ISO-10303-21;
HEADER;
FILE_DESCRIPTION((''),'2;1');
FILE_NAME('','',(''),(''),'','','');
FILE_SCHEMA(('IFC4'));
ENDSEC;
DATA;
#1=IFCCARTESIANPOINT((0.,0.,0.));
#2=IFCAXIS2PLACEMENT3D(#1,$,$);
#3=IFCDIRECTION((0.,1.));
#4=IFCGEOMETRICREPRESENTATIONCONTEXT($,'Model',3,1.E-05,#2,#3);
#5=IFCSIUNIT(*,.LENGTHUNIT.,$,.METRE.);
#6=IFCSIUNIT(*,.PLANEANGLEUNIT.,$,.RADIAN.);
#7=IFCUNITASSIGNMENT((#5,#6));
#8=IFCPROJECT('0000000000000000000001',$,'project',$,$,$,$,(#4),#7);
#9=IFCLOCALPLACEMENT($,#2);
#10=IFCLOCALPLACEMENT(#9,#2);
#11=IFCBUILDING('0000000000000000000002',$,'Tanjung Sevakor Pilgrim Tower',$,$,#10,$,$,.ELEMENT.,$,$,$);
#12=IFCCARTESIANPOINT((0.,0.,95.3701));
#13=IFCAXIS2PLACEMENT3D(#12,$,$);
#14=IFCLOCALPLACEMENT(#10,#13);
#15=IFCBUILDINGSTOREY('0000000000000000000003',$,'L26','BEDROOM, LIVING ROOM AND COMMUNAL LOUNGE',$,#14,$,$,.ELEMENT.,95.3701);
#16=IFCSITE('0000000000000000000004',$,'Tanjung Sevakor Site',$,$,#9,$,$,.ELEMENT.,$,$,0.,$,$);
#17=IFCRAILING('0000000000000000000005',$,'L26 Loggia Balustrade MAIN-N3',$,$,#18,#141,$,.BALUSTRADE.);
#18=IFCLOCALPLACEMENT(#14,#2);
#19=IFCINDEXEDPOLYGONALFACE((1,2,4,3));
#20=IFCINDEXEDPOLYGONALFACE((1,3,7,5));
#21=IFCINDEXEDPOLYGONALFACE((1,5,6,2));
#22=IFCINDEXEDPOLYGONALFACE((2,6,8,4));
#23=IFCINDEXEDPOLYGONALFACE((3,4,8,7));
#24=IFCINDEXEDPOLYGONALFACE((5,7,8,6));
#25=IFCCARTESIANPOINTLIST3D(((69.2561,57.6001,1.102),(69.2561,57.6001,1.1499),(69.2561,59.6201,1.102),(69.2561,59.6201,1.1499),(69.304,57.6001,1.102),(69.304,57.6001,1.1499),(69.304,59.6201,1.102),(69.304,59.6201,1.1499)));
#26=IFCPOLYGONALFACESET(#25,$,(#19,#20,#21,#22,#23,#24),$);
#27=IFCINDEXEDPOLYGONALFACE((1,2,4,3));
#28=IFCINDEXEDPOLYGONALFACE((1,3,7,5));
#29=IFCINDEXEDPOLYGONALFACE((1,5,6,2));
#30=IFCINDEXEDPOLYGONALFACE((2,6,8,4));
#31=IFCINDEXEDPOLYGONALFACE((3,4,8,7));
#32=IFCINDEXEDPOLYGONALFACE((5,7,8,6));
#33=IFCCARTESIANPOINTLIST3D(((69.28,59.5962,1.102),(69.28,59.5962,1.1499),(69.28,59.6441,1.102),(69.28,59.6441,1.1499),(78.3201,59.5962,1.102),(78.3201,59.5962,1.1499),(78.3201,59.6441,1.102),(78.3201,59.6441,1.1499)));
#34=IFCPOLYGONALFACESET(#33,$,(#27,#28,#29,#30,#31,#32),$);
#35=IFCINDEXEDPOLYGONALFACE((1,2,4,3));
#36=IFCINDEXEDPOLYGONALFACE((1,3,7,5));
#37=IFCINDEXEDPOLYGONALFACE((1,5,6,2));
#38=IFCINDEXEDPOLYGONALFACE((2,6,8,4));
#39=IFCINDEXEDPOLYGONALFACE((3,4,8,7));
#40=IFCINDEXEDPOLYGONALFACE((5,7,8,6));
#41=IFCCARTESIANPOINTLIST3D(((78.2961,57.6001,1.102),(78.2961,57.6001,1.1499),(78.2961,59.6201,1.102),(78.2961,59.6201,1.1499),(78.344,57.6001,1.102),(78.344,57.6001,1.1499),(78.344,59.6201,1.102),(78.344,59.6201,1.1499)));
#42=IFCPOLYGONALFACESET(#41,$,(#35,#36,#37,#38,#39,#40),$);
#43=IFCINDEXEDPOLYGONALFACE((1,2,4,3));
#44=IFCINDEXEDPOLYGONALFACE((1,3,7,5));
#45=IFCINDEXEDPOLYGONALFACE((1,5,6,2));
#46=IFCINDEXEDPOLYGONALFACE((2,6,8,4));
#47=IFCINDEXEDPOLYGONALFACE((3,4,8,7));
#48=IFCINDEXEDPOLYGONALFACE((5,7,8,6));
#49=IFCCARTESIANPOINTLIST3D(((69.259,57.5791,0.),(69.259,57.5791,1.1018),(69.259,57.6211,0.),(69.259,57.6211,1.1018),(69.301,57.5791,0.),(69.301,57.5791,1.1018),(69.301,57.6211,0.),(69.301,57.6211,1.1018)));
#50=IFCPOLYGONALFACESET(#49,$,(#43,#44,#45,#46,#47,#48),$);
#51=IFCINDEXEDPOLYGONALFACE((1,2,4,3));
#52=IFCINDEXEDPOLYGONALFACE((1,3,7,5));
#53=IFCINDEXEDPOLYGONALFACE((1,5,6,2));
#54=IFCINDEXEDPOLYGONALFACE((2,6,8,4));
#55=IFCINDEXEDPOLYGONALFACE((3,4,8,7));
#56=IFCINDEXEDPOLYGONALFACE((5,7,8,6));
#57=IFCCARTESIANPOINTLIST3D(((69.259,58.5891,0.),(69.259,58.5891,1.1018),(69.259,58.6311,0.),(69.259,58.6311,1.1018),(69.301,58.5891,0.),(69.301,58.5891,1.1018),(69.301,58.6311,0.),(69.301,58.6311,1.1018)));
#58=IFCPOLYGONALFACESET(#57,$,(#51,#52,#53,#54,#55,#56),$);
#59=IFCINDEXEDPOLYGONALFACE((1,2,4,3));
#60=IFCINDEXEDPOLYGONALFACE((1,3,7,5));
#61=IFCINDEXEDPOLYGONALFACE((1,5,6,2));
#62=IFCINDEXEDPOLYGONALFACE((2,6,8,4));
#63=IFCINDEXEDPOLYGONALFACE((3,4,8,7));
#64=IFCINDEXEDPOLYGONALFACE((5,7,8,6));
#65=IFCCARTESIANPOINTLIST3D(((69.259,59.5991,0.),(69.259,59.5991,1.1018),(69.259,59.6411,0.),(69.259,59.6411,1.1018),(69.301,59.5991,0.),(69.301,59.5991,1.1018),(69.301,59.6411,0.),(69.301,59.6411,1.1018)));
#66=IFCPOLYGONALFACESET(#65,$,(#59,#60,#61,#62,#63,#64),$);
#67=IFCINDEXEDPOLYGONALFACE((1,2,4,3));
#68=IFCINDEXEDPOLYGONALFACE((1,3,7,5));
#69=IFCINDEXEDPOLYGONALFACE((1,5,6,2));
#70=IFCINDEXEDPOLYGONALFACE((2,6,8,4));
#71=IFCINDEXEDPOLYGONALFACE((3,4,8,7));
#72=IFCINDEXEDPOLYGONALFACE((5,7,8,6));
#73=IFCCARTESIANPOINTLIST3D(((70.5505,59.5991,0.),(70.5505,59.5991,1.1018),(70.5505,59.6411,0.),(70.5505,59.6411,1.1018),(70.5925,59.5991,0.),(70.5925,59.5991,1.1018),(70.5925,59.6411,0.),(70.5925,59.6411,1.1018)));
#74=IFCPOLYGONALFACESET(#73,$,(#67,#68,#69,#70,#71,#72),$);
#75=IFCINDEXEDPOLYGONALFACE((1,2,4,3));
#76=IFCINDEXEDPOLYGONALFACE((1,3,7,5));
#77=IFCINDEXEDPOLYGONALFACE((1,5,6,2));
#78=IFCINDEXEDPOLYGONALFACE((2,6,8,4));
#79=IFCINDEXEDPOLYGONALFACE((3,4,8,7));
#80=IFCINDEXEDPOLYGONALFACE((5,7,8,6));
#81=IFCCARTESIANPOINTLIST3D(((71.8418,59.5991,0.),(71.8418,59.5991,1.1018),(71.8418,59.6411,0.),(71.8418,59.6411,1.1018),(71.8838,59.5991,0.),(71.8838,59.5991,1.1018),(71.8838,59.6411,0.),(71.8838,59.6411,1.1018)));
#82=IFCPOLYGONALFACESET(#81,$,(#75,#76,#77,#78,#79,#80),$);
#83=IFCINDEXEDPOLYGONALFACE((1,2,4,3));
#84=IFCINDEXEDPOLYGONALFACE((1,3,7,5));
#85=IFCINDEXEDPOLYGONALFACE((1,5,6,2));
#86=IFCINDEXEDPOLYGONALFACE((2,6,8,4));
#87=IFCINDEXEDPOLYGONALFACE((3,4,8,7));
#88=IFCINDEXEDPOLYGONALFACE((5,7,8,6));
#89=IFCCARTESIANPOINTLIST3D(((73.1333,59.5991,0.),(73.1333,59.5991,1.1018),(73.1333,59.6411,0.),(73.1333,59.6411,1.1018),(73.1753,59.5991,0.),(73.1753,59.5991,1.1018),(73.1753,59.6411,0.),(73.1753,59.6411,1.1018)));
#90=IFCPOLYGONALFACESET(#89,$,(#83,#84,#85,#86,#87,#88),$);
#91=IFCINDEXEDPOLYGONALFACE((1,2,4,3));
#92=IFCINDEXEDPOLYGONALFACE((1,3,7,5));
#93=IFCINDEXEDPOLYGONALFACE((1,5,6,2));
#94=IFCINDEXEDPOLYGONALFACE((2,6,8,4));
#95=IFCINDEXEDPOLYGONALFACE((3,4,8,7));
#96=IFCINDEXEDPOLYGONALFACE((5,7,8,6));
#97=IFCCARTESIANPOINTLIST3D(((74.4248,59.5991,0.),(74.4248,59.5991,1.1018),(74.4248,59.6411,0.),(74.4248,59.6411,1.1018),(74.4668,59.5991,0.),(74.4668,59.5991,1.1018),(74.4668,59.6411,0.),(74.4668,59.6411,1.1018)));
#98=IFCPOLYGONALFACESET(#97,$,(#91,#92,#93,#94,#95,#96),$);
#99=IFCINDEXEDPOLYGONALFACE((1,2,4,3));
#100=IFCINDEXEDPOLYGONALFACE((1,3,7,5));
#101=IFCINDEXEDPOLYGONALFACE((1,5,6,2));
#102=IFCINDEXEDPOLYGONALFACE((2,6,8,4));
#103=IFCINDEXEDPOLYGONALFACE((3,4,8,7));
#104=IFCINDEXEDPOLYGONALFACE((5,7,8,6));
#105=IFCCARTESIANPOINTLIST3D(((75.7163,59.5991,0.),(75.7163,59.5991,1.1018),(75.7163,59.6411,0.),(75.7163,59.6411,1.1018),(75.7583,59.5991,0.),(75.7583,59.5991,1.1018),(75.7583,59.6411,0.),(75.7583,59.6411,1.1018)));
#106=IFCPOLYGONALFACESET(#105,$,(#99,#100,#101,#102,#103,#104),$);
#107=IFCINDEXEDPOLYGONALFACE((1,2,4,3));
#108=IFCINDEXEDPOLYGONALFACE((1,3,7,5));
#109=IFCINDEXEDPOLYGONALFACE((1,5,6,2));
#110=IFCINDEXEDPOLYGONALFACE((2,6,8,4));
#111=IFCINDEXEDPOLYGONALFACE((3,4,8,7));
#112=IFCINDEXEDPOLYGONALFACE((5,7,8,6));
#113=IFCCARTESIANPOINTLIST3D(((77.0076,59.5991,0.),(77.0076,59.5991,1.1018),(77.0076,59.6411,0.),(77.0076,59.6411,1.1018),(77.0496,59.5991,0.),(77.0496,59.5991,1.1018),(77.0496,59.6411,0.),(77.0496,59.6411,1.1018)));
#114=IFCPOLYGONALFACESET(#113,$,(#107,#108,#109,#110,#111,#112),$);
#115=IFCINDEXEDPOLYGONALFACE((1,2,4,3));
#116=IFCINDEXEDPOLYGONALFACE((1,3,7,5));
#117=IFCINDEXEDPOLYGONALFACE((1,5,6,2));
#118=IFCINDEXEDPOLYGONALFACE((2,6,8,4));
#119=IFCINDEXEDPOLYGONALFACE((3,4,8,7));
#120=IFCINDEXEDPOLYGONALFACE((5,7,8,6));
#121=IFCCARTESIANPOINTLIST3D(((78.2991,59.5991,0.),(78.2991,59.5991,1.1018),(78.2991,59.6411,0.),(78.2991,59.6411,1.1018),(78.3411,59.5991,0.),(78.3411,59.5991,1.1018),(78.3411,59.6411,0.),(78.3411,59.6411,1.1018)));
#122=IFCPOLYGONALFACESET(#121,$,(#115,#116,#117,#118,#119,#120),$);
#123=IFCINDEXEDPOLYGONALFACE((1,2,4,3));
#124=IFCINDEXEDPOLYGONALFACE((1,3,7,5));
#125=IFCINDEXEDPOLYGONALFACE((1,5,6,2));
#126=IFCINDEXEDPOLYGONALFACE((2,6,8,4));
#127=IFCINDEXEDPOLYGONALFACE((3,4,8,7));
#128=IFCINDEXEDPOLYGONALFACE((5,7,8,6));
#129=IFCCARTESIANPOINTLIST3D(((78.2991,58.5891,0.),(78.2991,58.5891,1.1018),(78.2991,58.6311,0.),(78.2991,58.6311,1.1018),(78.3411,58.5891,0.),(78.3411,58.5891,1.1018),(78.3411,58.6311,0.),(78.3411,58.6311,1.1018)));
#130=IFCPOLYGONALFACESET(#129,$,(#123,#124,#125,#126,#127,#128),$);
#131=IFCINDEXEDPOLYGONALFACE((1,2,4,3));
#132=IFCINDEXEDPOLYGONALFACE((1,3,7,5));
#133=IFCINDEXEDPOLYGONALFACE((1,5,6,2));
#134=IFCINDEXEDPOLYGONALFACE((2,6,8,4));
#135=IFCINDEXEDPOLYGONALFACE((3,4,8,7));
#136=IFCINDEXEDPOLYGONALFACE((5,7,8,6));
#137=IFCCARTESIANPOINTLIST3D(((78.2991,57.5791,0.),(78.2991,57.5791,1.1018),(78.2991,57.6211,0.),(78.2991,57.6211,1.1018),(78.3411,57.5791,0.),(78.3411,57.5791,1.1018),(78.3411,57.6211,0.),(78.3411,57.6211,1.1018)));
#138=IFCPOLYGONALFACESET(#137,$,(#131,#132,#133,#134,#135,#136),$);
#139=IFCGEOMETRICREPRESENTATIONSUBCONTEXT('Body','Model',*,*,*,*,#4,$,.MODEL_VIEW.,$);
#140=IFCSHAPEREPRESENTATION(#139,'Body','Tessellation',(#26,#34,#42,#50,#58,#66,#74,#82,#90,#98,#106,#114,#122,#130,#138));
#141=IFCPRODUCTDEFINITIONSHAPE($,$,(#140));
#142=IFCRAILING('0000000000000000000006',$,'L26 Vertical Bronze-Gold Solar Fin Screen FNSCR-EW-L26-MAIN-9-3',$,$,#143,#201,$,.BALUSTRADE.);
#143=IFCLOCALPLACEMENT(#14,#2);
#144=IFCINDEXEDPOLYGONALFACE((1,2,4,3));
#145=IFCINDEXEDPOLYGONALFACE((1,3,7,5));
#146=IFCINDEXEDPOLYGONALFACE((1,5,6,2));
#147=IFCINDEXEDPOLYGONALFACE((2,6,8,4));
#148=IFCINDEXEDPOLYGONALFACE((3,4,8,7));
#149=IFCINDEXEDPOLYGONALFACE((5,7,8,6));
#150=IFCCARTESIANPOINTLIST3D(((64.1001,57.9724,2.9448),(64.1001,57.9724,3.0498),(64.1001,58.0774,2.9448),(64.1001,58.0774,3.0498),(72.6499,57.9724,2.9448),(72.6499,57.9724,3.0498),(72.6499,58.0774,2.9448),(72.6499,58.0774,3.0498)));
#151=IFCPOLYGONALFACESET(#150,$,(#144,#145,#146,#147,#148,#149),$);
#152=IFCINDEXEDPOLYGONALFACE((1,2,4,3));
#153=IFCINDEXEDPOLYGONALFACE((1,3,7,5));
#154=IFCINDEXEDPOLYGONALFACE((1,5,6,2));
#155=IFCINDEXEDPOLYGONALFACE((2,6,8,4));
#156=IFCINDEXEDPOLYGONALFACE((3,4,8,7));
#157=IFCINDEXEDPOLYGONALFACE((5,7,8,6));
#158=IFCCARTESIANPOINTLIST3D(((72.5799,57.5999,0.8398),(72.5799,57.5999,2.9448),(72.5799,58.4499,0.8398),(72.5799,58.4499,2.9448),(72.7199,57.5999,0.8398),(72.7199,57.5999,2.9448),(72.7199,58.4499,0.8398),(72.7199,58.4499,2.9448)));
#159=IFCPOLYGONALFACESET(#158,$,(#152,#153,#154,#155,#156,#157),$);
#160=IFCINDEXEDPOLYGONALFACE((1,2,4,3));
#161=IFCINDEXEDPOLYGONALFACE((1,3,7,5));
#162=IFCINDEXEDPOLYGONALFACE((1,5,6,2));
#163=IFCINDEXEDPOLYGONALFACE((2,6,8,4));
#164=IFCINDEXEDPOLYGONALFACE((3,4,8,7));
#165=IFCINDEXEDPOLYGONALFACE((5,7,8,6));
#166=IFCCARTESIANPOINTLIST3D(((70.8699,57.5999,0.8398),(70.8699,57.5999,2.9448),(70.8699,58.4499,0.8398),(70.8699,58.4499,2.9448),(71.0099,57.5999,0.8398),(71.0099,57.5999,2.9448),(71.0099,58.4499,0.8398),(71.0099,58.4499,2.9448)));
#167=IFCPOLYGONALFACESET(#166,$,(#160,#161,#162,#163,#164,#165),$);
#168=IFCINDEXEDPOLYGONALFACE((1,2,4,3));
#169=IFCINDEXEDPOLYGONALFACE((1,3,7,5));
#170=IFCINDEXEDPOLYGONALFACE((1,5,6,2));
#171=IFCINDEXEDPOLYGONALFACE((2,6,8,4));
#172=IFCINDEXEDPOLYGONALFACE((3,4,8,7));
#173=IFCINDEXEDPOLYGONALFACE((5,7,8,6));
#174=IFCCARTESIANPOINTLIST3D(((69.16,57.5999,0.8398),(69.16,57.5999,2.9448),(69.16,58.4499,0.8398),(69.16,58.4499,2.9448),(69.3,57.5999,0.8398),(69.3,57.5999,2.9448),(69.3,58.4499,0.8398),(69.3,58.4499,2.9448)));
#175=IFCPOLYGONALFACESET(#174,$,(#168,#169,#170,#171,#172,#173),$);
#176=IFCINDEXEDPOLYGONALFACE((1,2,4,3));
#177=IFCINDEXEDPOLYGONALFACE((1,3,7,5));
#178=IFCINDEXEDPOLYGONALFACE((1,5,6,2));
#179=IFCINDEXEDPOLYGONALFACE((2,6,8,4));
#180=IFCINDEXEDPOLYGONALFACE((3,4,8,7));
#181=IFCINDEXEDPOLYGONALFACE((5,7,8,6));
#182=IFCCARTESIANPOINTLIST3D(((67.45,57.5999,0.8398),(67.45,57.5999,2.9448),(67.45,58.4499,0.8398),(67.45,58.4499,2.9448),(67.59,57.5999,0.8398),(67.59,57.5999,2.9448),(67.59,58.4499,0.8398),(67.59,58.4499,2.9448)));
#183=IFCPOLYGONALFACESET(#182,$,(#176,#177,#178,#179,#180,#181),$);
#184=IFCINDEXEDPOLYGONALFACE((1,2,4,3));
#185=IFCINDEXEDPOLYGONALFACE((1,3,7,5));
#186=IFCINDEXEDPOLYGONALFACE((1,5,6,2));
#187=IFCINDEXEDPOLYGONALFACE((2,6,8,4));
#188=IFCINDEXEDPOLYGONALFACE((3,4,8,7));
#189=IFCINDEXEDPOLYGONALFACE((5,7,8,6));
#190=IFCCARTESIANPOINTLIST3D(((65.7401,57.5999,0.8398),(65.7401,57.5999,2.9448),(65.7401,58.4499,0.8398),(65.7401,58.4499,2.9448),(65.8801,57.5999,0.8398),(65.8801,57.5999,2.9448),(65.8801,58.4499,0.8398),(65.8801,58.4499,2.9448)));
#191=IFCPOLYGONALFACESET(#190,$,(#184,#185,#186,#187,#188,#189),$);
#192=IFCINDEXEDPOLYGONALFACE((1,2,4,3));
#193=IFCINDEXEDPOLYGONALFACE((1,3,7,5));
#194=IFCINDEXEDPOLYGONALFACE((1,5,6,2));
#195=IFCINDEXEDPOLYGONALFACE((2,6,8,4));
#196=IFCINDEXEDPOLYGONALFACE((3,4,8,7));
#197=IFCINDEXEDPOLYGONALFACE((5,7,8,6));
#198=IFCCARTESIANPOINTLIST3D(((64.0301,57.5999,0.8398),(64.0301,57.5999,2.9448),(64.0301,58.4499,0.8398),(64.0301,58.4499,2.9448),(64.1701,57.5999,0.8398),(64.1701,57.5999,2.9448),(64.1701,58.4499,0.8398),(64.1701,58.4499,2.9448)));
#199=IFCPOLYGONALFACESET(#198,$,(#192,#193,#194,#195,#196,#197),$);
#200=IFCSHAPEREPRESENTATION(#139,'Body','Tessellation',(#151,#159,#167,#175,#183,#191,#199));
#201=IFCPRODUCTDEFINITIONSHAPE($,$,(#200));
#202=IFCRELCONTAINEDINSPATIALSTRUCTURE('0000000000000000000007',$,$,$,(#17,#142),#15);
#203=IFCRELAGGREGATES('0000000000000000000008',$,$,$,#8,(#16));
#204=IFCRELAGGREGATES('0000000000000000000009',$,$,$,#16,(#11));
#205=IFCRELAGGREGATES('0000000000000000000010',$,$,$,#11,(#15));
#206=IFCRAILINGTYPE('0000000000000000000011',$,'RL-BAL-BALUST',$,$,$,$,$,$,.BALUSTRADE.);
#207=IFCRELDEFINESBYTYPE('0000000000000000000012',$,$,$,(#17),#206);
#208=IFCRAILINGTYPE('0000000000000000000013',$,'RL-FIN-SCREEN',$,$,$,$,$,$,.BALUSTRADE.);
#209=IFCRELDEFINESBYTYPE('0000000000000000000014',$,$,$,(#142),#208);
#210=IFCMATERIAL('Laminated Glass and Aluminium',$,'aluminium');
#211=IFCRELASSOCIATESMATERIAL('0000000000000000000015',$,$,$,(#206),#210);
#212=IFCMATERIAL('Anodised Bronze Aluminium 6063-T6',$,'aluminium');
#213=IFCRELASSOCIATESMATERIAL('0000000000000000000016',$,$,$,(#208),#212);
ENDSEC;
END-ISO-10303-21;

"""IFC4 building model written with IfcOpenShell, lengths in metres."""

from ifc_helpers import new_model, si_unit, direction, frame, origin, place, context, subcontext, project, spatial, rectangle, extrude, material, type_object, element, save


model = new_model("IFC4")

# Units and contexts
model_context = context("Model", 3, precision=1e-05, world=origin(), true_north=direction((0.0, 1.0)))
body_context = subcontext(model_context, "Body", "Model", "MODEL_VIEW")
ifc_project = project(units=[si_unit("LENGTHUNIT", "METRE"), si_unit("PLANEANGLEUNIT", "RADIAN")], contexts=[model_context])

# Site, building, storey
site_placement = place(None, origin())
site = spatial("IfcSite", under=ifc_project, at=site_placement, Name="Tanjung Sevakor Site", CompositionType="ELEMENT", RefElevation=0.0)
building_placement = place(site_placement, origin())
building = spatial("IfcBuilding", under=site, at=building_placement, Name="Tanjung Sevakor Pilgrim Tower", CompositionType="ELEMENT")
storey_placement = place(building_placement, frame((0.0, 0.0, 95.3701)))
storey = spatial("IfcBuildingStorey", under=building, at=storey_placement, Name="L26", Description="BEDROOM, LIVING ROOM AND COMMUNAL LOUNGE", CompositionType="ELEMENT", Elevation=95.3701)

# Railings
ifc_material_1 = material(Name="Laminated Glass and Aluminium", Category="aluminium")
railing_type_1 = type_object("IfcRailingType", Name="RL-BAL-BALUST", PredefinedType="BALUSTRADE", material=ifc_material_1)
railing_1_placement = place(storey_placement, frame((69.28, 57.6001, 0.0)))
element("IfcRailing", 1, at=railing_1_placement, inside=storey, type_object=railing_type_1, Name="L26 Loggia Balustrade MAIN-N3", PredefinedType="BALUSTRADE", context=body_context, shape_type="SweptSolid", body=[
    extrude(rectangle(XDim=0.0479, YDim=0.0479), frame((0.0, 0.0, 1.126), z_axis=(0.0, 1.0, 0.0), x_axis=(-1.0, 0.0, 0.0)), (0.0, 0.0, 1.0), 2.02),
    extrude(rectangle(XDim=0.0479, YDim=0.0479), frame((0.0, 2.02, 1.126), z_axis=(1.0, 0.0, 0.0), x_axis=(0.0, 1.0, 0.0)), (0.0, 0.0, 1.0), 9.04),
    extrude(rectangle(XDim=0.0479, YDim=0.0479), frame((9.04, 2.02, 1.126), z_axis=(0.0, -1.0, 0.0), x_axis=(1.0, 0.0, 0.0)), (0.0, 0.0, 1.0), 2.02),
    extrude(rectangle(XDim=0.042, YDim=0.042), origin(), (0.0, 0.0, 1.0), 1.1018),
    extrude(rectangle(XDim=0.042, YDim=0.042), frame((0.0, 1.01, 0.0)), (0.0, 0.0, 1.0), 1.1018),
    extrude(rectangle(XDim=0.042, YDim=0.042), frame((0.0, 2.02, 0.0)), (0.0, 0.0, 1.0), 1.1018),
    extrude(rectangle(XDim=0.042, YDim=0.042), frame((1.2915, 2.02, 0.0)), (0.0, 0.0, 1.0), 1.1018),
    extrude(rectangle(XDim=0.042, YDim=0.042), frame((2.5828, 2.02, 0.0)), (0.0, 0.0, 1.0), 1.1018),
    extrude(rectangle(XDim=0.042, YDim=0.042), frame((3.8743, 2.02, 0.0)), (0.0, 0.0, 1.0), 1.1018),
    extrude(rectangle(XDim=0.042, YDim=0.042), frame((5.1658, 2.02, 0.0)), (0.0, 0.0, 1.0), 1.1018),
    extrude(rectangle(XDim=0.042, YDim=0.042), frame((6.4573, 2.02, 0.0)), (0.0, 0.0, 1.0), 1.1018),
    extrude(rectangle(XDim=0.042, YDim=0.042), frame((7.7485, 2.02, 0.0)), (0.0, 0.0, 1.0), 1.1018),
    extrude(rectangle(XDim=0.042, YDim=0.042), frame((9.04, 2.02, 0.0)), (0.0, 0.0, 1.0), 1.1018),
    extrude(rectangle(XDim=0.042, YDim=0.042), frame((9.04, 1.01, 0.0)), (0.0, 0.0, 1.0), 1.1018),
    extrude(rectangle(XDim=0.042, YDim=0.042), frame((9.04, 0.0, 0.0)), (0.0, 0.0, 1.0), 1.1018),
])
ifc_material_2 = material(Name="Anodised Bronze Aluminium 6063-T6", Category="aluminium")
railing_type_2 = type_object("IfcRailingType", Name="RL-FIN-SCREEN", PredefinedType="BALUSTRADE", material=ifc_material_2)
railing_2_placement = place(storey_placement, frame((72.6499, 58.0249, 0.8398)))
element("IfcRailing", 2, at=railing_2_placement, inside=storey, type_object=railing_type_2, Name="L26 Vertical Bronze-Gold Solar Fin Screen FNSCR-EW-L26-MAIN-9-3", PredefinedType="BALUSTRADE", context=body_context, shape_type="SweptSolid", body=[
    extrude(rectangle(XDim=0.105, YDim=0.105), frame((0.0, 0.0, 2.1575), z_axis=(-1.0, 0.0, 0.0), x_axis=(0.0, -1.0, 0.0)), (0.0, 0.0, 1.0), 8.5498),
    extrude(rectangle(XDim=0.14, YDim=0.85), origin(), (0.0, 0.0, 1.0), 2.105),
    extrude(rectangle(XDim=0.14, YDim=0.85), frame((-1.71, 0.0, 0.0)), (0.0, 0.0, 1.0), 2.105),
    extrude(rectangle(XDim=0.14, YDim=0.85), frame((-3.4199, 0.0, 0.0)), (0.0, 0.0, 1.0), 2.105),
    extrude(rectangle(XDim=0.14, YDim=0.85), frame((-5.1299, 0.0, 0.0)), (0.0, 0.0, 1.0), 2.105),
    extrude(rectangle(XDim=0.14, YDim=0.85), frame((-6.8398, 0.0, 0.0)), (0.0, 0.0, 1.0), 2.105),
    extrude(rectangle(XDim=0.14, YDim=0.85), frame((-8.5498, 0.0, 0.0)), (0.0, 0.0, 1.0), 2.105),
])

save(model, "model.ifc")
